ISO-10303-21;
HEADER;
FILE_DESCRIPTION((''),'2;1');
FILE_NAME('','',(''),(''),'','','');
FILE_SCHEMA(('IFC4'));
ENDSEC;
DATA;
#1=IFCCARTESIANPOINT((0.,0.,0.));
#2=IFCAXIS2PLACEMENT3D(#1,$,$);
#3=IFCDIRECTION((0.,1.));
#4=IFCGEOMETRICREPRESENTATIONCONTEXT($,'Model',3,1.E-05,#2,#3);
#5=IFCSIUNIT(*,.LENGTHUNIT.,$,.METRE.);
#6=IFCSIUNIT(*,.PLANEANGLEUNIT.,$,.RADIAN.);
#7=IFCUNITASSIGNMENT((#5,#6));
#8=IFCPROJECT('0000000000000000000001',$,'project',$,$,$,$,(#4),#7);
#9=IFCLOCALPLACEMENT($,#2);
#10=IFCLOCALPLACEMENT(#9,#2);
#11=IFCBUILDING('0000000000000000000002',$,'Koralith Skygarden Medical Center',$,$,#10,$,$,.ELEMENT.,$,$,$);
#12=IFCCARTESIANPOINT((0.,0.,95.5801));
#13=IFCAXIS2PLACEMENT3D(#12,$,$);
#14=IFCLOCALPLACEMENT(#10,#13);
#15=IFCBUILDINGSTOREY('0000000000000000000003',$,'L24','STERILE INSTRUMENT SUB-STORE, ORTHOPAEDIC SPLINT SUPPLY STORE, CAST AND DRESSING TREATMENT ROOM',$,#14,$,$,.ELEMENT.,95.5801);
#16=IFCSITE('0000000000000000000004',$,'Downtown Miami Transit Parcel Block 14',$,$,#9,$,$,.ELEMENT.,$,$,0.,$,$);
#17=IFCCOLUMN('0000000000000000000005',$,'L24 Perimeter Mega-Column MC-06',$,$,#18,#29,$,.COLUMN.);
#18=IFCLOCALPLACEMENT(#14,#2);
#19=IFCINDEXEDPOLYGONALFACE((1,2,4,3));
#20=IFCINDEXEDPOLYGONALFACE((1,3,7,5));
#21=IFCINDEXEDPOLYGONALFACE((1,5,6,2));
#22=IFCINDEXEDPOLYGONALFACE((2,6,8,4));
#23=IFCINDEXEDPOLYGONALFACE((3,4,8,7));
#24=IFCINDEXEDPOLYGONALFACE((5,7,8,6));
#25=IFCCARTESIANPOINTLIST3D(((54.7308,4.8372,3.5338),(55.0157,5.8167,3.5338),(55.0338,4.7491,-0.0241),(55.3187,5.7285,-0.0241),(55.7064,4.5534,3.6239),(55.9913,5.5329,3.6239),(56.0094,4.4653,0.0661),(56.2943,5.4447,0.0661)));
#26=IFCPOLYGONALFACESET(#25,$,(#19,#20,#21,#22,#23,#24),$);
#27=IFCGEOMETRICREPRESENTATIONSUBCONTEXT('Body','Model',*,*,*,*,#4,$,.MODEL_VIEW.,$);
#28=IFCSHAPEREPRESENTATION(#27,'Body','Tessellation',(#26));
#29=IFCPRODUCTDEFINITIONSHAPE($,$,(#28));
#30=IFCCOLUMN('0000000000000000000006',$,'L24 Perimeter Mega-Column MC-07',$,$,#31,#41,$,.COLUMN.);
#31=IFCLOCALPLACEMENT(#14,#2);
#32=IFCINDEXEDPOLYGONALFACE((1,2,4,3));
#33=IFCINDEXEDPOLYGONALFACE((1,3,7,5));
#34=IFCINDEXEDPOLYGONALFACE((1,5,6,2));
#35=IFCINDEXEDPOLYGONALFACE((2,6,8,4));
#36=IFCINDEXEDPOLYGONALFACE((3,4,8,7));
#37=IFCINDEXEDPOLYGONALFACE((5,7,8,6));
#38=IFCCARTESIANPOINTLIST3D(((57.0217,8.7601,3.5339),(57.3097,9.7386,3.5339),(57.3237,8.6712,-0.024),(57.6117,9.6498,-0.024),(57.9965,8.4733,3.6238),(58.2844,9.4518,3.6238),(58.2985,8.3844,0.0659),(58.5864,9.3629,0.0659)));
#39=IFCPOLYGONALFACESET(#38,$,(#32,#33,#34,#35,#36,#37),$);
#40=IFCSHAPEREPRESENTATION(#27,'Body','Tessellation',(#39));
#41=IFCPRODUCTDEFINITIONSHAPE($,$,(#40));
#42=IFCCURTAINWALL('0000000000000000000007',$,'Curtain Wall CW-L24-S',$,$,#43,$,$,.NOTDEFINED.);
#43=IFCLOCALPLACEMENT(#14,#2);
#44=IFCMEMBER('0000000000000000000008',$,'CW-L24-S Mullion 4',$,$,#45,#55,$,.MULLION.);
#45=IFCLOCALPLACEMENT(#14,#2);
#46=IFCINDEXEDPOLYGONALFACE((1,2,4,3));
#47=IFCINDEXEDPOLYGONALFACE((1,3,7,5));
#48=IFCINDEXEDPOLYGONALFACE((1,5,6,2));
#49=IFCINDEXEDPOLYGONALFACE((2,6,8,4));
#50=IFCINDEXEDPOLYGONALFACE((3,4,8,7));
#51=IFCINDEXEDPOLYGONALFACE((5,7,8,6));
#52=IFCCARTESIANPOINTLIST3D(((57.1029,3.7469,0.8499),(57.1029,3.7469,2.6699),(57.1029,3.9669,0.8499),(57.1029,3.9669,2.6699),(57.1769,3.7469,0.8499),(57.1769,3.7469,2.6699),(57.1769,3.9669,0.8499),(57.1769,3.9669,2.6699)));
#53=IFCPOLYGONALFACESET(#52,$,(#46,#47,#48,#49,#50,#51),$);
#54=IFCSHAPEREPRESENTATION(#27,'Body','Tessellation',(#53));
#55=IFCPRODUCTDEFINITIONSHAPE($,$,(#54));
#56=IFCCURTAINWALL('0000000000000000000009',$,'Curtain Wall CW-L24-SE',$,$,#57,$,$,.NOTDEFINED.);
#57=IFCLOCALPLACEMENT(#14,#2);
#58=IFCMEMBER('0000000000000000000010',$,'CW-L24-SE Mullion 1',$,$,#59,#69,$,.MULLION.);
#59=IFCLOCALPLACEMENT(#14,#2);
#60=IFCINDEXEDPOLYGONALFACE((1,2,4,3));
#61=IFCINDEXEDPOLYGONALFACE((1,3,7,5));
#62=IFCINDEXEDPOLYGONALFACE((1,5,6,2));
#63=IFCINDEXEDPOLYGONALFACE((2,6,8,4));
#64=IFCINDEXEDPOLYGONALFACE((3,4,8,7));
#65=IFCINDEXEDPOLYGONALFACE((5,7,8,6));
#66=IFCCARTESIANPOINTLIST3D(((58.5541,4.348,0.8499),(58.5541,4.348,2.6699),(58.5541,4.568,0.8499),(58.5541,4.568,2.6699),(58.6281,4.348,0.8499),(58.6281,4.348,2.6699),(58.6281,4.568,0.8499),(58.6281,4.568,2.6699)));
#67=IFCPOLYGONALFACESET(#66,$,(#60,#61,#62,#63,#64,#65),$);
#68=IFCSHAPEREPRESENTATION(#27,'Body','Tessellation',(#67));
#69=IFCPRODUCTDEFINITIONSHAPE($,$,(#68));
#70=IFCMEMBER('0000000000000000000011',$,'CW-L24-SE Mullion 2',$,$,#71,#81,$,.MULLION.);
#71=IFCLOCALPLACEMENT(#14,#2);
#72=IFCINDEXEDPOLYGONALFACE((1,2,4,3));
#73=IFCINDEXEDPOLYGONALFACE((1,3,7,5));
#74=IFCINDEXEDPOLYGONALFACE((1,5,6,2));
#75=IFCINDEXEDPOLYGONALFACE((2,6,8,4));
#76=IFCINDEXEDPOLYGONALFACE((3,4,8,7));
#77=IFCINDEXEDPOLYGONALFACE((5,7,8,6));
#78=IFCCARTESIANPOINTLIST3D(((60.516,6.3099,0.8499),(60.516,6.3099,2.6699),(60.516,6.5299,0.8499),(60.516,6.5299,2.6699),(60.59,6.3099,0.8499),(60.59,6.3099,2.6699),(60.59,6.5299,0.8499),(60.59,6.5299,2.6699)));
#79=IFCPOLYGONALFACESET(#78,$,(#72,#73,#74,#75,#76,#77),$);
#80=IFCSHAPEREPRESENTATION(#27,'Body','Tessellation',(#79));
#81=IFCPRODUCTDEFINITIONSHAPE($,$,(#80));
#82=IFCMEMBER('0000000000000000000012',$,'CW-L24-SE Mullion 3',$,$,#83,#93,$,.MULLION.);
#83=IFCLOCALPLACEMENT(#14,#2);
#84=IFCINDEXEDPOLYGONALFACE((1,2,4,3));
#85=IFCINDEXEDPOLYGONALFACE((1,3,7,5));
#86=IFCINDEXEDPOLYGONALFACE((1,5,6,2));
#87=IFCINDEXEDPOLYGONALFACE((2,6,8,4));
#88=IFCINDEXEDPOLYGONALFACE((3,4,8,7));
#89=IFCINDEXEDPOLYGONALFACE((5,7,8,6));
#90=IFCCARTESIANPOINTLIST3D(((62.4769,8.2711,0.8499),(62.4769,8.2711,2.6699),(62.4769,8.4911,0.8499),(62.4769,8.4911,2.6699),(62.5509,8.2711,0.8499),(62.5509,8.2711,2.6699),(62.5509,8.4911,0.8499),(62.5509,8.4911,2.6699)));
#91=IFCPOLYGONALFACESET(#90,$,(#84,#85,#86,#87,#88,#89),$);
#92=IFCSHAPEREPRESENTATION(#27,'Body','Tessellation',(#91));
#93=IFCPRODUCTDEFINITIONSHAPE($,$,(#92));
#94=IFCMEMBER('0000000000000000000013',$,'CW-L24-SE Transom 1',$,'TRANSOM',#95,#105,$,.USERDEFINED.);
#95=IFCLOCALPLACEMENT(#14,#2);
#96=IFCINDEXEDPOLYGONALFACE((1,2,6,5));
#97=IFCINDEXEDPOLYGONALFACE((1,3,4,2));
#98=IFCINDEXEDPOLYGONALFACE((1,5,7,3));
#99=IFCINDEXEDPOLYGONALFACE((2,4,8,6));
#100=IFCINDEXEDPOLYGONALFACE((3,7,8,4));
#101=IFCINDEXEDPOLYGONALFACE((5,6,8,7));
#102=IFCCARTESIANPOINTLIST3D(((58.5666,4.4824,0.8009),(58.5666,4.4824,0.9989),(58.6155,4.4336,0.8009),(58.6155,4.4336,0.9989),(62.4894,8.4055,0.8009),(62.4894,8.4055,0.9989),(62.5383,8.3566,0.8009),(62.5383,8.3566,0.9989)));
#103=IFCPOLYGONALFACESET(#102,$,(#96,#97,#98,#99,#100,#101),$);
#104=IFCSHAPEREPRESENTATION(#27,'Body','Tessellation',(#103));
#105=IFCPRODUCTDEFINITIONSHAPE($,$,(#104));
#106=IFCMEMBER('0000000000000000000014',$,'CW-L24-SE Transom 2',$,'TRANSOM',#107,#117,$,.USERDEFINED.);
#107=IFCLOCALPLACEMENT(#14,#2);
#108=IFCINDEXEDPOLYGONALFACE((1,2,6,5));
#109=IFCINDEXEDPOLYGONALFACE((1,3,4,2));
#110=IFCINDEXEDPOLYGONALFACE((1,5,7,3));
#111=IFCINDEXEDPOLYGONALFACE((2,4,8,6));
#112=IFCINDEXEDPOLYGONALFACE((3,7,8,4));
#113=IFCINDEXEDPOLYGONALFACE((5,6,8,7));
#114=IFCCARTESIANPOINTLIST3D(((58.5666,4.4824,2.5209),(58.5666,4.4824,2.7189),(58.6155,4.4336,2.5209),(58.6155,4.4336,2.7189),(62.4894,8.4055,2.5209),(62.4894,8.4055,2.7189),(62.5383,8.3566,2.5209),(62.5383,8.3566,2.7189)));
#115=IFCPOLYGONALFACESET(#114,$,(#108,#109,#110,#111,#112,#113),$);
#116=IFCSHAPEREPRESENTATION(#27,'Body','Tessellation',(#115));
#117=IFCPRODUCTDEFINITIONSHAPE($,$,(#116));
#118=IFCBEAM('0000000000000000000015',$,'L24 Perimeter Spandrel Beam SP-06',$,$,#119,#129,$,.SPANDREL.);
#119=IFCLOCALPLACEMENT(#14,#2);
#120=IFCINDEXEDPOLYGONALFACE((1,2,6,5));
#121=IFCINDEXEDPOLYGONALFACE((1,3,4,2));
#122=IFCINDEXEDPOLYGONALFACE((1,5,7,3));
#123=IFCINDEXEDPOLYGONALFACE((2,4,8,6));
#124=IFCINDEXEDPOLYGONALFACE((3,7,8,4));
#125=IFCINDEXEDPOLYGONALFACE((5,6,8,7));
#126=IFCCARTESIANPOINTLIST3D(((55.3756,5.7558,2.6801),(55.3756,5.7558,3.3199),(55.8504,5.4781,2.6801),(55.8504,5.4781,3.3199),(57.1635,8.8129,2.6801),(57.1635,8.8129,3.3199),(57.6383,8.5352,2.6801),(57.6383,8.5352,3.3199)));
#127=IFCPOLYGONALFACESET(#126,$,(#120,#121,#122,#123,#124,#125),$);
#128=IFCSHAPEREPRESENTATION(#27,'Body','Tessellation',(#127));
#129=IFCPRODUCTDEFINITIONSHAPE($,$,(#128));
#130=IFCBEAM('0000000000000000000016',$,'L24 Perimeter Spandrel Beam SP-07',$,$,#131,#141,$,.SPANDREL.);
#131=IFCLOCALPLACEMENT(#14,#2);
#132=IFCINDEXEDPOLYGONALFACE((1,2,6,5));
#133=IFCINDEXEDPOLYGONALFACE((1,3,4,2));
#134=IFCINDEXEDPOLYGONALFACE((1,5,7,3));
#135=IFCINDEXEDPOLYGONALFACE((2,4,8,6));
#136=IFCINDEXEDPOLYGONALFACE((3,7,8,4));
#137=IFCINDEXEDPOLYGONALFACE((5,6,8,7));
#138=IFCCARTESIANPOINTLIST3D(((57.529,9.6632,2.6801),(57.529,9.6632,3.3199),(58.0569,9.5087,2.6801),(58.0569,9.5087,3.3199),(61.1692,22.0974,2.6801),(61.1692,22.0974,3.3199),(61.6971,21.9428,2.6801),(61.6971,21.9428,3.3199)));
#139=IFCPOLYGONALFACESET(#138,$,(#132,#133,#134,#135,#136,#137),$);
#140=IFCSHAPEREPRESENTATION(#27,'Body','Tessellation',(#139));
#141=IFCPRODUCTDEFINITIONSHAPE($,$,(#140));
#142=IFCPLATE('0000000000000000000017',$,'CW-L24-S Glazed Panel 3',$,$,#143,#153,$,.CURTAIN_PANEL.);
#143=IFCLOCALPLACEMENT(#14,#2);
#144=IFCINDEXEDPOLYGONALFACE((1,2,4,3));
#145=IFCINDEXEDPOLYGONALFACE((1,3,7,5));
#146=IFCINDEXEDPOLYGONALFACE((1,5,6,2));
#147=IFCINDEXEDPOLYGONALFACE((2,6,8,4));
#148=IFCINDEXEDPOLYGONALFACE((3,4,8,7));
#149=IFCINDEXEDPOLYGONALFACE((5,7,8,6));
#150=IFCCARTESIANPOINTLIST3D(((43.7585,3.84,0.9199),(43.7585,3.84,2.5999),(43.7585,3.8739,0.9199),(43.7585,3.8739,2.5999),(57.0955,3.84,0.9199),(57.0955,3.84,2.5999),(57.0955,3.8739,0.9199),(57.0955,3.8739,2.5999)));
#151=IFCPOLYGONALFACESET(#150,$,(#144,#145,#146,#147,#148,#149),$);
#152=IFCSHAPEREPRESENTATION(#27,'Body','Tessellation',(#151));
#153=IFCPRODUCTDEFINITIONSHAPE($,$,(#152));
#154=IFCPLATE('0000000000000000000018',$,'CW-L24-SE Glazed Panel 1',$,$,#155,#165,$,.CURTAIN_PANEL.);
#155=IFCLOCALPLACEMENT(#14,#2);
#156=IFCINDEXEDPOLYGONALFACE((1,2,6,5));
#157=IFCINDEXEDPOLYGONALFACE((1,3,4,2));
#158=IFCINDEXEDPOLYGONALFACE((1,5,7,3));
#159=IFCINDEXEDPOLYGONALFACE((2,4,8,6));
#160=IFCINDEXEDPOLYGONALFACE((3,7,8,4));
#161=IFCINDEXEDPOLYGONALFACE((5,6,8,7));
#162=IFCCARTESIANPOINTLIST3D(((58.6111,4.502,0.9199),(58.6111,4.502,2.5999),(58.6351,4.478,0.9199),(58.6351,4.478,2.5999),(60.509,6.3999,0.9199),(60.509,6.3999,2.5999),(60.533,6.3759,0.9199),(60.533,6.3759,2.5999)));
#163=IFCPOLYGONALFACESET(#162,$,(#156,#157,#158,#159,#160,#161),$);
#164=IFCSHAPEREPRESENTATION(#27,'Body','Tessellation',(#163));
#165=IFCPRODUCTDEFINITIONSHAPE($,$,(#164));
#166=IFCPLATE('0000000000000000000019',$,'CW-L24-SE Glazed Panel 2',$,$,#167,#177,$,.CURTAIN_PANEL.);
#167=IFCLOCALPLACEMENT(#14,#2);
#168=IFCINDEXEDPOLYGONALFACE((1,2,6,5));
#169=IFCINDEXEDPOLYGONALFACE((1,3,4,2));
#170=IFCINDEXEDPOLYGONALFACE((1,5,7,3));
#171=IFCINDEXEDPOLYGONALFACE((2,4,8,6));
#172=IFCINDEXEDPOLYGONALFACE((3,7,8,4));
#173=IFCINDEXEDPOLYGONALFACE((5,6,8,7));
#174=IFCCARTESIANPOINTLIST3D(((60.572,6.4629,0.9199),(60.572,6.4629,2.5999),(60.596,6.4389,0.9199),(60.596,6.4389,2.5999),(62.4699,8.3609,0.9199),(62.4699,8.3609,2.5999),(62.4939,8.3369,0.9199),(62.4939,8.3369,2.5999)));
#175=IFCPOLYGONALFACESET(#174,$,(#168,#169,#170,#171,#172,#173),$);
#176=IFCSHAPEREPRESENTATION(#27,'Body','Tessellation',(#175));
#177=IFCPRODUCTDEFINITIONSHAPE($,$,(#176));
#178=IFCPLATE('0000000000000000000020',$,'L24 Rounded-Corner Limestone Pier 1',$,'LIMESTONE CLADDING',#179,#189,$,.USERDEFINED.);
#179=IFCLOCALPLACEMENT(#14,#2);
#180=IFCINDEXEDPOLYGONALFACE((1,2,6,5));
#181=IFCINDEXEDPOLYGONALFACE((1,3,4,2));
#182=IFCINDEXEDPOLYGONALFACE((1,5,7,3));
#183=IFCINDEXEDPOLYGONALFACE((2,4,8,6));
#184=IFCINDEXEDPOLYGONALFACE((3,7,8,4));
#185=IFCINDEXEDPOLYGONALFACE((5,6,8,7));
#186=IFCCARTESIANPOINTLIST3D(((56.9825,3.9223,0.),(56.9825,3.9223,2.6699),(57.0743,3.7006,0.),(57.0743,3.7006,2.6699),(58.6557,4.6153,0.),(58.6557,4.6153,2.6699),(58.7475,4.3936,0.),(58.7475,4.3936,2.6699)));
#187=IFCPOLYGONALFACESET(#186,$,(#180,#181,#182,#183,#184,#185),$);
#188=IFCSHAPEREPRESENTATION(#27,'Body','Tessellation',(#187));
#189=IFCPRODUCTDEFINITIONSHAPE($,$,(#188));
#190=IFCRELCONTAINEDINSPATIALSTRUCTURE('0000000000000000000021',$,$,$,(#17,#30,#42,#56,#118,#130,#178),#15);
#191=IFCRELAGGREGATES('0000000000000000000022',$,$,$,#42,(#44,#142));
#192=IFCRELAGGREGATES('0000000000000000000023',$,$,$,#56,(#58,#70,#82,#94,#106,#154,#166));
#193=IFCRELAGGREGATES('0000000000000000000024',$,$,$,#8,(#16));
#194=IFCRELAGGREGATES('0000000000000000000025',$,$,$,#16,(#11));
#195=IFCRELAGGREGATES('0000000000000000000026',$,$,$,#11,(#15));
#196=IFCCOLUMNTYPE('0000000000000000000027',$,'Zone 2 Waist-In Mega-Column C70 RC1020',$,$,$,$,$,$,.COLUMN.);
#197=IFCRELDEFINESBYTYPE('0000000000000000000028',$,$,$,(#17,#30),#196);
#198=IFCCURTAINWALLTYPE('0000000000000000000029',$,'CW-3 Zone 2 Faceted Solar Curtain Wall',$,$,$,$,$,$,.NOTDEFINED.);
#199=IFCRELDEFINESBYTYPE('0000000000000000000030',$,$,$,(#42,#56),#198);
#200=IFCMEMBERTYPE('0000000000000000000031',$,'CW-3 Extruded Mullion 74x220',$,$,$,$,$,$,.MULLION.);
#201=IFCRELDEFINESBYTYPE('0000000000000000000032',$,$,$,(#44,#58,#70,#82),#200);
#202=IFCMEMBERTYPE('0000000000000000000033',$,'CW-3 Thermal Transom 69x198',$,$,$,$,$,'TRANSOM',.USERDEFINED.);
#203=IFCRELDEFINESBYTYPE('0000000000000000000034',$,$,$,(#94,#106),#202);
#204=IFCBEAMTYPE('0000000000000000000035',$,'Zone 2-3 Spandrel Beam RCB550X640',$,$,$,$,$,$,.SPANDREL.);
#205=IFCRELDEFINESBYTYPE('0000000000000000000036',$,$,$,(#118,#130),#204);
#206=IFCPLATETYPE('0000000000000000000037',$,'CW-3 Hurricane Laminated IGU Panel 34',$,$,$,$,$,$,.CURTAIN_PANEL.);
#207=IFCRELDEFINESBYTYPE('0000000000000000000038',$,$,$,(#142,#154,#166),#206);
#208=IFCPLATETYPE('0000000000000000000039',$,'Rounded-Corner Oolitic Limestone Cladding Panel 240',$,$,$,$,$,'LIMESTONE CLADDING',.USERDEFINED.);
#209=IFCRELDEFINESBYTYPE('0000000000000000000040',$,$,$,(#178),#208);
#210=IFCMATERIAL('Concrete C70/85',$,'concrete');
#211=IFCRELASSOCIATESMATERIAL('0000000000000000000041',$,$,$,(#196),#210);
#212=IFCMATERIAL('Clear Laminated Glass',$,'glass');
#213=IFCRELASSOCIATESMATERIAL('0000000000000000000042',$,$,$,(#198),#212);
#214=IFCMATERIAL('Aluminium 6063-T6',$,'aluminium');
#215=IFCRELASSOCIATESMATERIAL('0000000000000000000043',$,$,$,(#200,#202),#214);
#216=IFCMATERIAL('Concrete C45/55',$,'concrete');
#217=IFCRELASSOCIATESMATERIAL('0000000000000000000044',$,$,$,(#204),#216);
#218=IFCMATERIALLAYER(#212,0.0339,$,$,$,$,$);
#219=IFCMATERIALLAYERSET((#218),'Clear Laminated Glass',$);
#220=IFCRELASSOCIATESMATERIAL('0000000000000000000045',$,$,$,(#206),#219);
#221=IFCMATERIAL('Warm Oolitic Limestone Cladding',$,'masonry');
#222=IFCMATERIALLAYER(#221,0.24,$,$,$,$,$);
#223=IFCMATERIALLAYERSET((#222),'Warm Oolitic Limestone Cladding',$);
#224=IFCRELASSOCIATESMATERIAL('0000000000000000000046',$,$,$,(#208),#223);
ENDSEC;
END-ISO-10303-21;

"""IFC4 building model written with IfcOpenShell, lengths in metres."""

from ifc_helpers import new_model, si_unit, direction, frame, origin, origin_2d, place, context, subcontext, project, spatial, rectangle, extrude, material, layer, layer_set, material_profile, profile_set, type_object, element, aggregate, save


model = new_model("IFC4")

# Units and contexts
model_context = context("Model", 3, precision=1e-05, world=origin(), true_north=direction((0.0, 1.0)))
body_context = subcontext(model_context, "Body", "Model", "MODEL_VIEW")
ifc_project = project(units=[si_unit("LENGTHUNIT", "METRE"), si_unit("PLANEANGLEUNIT", "RADIAN")], contexts=[model_context])

# Site, building, storey
site_placement = place(None, origin())
site = spatial("IfcSite", under=ifc_project, at=site_placement, Name="Downtown Miami Transit Parcel Block 14", CompositionType="ELEMENT", RefElevation=0.0)
building_placement = place(site_placement, origin())
building = spatial("IfcBuilding", under=site, at=building_placement, Name="Koralith Skygarden Medical Center", CompositionType="ELEMENT")
storey_placement = place(building_placement, frame((0.0, 0.0, 95.5801)))
storey = spatial("IfcBuildingStorey", under=building, at=storey_placement, Name="L24", Description="STERILE INSTRUMENT SUB-STORE, ORTHOPAEDIC SPLINT SUPPLY STORE, CAST AND DRESSING TREATMENT ROOM", CompositionType="ELEMENT", Elevation=95.5801)

# Columns
ifc_material_1 = material(Name="Concrete C70/85", Category="concrete")
ifc_material_profile_1 = material_profile(ifc_material_1, rectangle(XDim=1.02, YDim=1.02, at=origin_2d()), Name="RC1020X1020")
ifc_profile_set_1 = profile_set([ifc_material_profile_1], Name="Concrete C70/85")
column_type = type_object("IfcColumnType", Name="Zone 2 Waist-In Mega-Column C70 RC1020", PredefinedType="COLUMN", material=ifc_profile_set_1)
for number, where, z_axis, x_axis, name in (
    (1, (55.6641, 5.0969, 0.021), (-0.084825, 0.024675, 0.99609), (-0.279317, -0.960199, 0.0), "L24 Perimeter Mega-Column MC-06"),
    (2, (57.9551, 9.0171, 0.021), (-0.084553, 0.02488, 0.996108), (-0.282292, -0.959328, 0.0), "L24 Perimeter Mega-Column MC-07"),
):
    element("IfcColumn", number, at=place(storey_placement, frame(where, z_axis=z_axis, x_axis=x_axis)), inside=storey, type_object=column_type, Name=name, PredefinedType="COLUMN", context=body_context, shape_type="SweptSolid", body=[
        extrude(rectangle(XDim=1.02, YDim=1.02, at=origin_2d()), origin(), (0.0, 0.0, 1.0), 3.5718),
    ])

# Curtain wall, member
ifc_material_2 = material(Name="Clear Laminated Glass", Category="glass")
curtain_wall_type = type_object("IfcCurtainWallType", Name="CW-3 Zone 2 Faceted Solar Curtain Wall", PredefinedType="NOTDEFINED", material=ifc_material_2)
curtain_wall_1_placement = place(storey_placement, origin())
curtain_wall_1 = element("IfcCurtainWall", 3, at=curtain_wall_1_placement, inside=storey, type_object=curtain_wall_type, Name="Curtain Wall CW-L24-S", PredefinedType="NOTDEFINED")
ifc_material_3 = material(Name="Aluminium 6063-T6", Category="aluminium")
ifc_material_profile_2 = material_profile(ifc_material_3, rectangle(XDim=0.074, YDim=0.22, at=origin_2d()), Name="MUL74X220")
ifc_profile_set_2 = profile_set([ifc_material_profile_2], Name="Aluminium 6063-T6")
member_type_1 = type_object("IfcMemberType", Name="CW-3 Extruded Mullion 74x220", PredefinedType="MULLION", material=ifc_profile_set_2)
member_1_placement = place(storey_placement, frame((57.1399, 3.8569, 0.8499), z_axis=(0.0, 0.0, 1.0), x_axis=(1.0, 0.0, 0.0)))
member_1 = element("IfcMember", 4, at=member_1_placement, type_object=member_type_1, Name="CW-L24-S Mullion 4", PredefinedType="MULLION", context=body_context, shape_type="SweptSolid", body=[
    extrude(rectangle(XDim=0.074, YDim=0.22, at=origin_2d()), origin(), (0.0, 0.0, 1.0), 1.8201),
])

# Curtain wall, members
curtain_wall_2_placement = place(storey_placement, origin())
curtain_wall_2 = element("IfcCurtainWall", 5, at=curtain_wall_2_placement, inside=storey, type_object=curtain_wall_type, Name="Curtain Wall CW-L24-SE", PredefinedType="NOTDEFINED")
member_2_placement = place(storey_placement, frame((58.5911, 4.458, 0.8499), z_axis=(0.0, 0.0, 1.0), x_axis=(1.0, 0.0, 0.0)))
member_2 = element("IfcMember", 6, at=member_2_placement, type_object=member_type_1, Name="CW-L24-SE Mullion 1", PredefinedType="MULLION", context=body_context, shape_type="SweptSolid", body=[
    extrude(rectangle(XDim=0.074, YDim=0.22, at=origin_2d()), origin(), (0.0, 0.0, 1.0), 1.8201),
])
member_3_placement = place(storey_placement, frame((60.553, 6.4199, 0.8499), z_axis=(0.0, 0.0, 1.0), x_axis=(1.0, 0.0, 0.0)))
member_3 = element("IfcMember", 7, at=member_3_placement, type_object=member_type_1, Name="CW-L24-SE Mullion 2", PredefinedType="MULLION", context=body_context, shape_type="SweptSolid", body=[
    extrude(rectangle(XDim=0.074, YDim=0.22, at=origin_2d()), origin(), (0.0, 0.0, 1.0), 1.8201),
])
member_4_placement = place(storey_placement, frame((62.5139, 8.3811, 0.8499), z_axis=(0.0, 0.0, 1.0), x_axis=(1.0, 0.0, 0.0)))
member_4 = element("IfcMember", 8, at=member_4_placement, type_object=member_type_1, Name="CW-L24-SE Mullion 3", PredefinedType="MULLION", context=body_context, shape_type="SweptSolid", body=[
    extrude(rectangle(XDim=0.074, YDim=0.22, at=origin_2d()), origin(), (0.0, 0.0, 1.0), 1.8201),
])
ifc_material_profile_3 = material_profile(ifc_material_3, rectangle(XDim=0.0691, YDim=0.198, at=origin_2d()), Name="TRN69X198")
ifc_profile_set_3 = profile_set([ifc_material_profile_3], Name="Aluminium 6063-T6")
member_type_2 = type_object("IfcMemberType", Name="CW-3 Thermal Transom 69x198", ElementType="TRANSOM", PredefinedType="USERDEFINED", material=ifc_profile_set_3)
member_5_placement = place(storey_placement, frame((58.5911, 4.458, 0.8999), z_axis=(0.707085, 0.707129, 0.0), x_axis=(-0.707129, 0.707085, 0.0)))
member_5 = element("IfcMember", 9, at=member_5_placement, type_object=member_type_2, Name="CW-L24-SE Transom 1", ObjectType="TRANSOM", PredefinedType="USERDEFINED", context=body_context, shape_type="SweptSolid", body=[
    extrude(rectangle(XDim=0.0691, YDim=0.198, at=origin_2d()), origin(), (0.0, 0.0, 1.0), 5.5479),
])
member_6_placement = place(storey_placement, frame((58.5911, 4.458, 2.6199), z_axis=(0.707085, 0.707129, 0.0), x_axis=(-0.707129, 0.707085, 0.0)))
member_6 = element("IfcMember", 10, at=member_6_placement, type_object=member_type_2, Name="CW-L24-SE Transom 2", ObjectType="TRANSOM", PredefinedType="USERDEFINED", context=body_context, shape_type="SweptSolid", body=[
    extrude(rectangle(XDim=0.0691, YDim=0.198, at=origin_2d()), origin(), (0.0, 0.0, 1.0), 5.5479),
])

# Beams
ifc_material_4 = material(Name="Concrete C45/55", Category="concrete")
ifc_material_profile_4 = material_profile(ifc_material_4, rectangle(XDim=0.55, YDim=0.6399, at=origin_2d()), Name="RCB550X640")
ifc_profile_set_4 = profile_set([ifc_material_profile_4], Name="Concrete C45/55")
beam_type = type_object("IfcBeamType", Name="Zone 2-3 Spandrel Beam RCB550X640", PredefinedType="SPANDREL", material=ifc_profile_set_4)
beam_1_placement = place(storey_placement, frame((55.613, 5.6169, 3.0), z_axis=(0.504822, 0.863223, 0.0), x_axis=(-0.863223, 0.504822, 0.0)))
element("IfcBeam", 11, at=beam_1_placement, inside=storey, type_object=beam_type, Name="L24 Perimeter Spandrel Beam SP-06", PredefinedType="SPANDREL", context=body_context, shape_type="SweptSolid", body=[
    extrude(rectangle(XDim=0.55, YDim=0.6399, at=origin_2d()), origin(), (0.0, 0.0, 1.0), 3.5415),
])
beam_2_placement = place(storey_placement, frame((57.793, 9.5859, 3.0), z_axis=(0.280962, 0.959719, 0.0), x_axis=(-0.959719, 0.280962, 0.0)))
element("IfcBeam", 12, at=beam_2_placement, inside=storey, type_object=beam_type, Name="L24 Perimeter Spandrel Beam SP-07", PredefinedType="SPANDREL", context=body_context, shape_type="SweptSolid", body=[
    extrude(rectangle(XDim=0.55, YDim=0.6399, at=origin_2d()), origin(), (0.0, 0.0, 1.0), 12.9561),
])

# Plates
ifc_layer_1 = layer(ifc_material_2, 0.0339)
ifc_layer_set_1 = layer_set([ifc_layer_1], Name="Clear Laminated Glass")
plate_type_1 = type_object("IfcPlateType", Name="CW-3 Hurricane Laminated IGU Panel 34", PredefinedType="CURTAIN_PANEL", material=ifc_layer_set_1)
plate_1_placement = place(storey_placement, frame((50.427, 3.8569, 0.9199), z_axis=(0.0, 0.0, 1.0), x_axis=(1.0, 0.0, 0.0)))
plate_1 = element("IfcPlate", 13, at=plate_1_placement, type_object=plate_type_1, Name="CW-L24-S Glazed Panel 3", PredefinedType="CURTAIN_PANEL", context=body_context, shape_type="SweptSolid", body=[
    extrude(rectangle(XDim=13.3369, YDim=0.0339, at=origin_2d()), origin(), (0.0, 0.0, 1.0), 1.6799),
])
aggregate(curtain_wall_1, [member_1, plate_1])
plate_2_placement = place(storey_placement, frame((59.572, 5.439, 0.9199), z_axis=(0.0, 0.0, 1.0), x_axis=(0.707107, 0.707107, 0.0)))
plate_2 = element("IfcPlate", 14, at=plate_2_placement, type_object=plate_type_1, Name="CW-L24-SE Glazed Panel 1", PredefinedType="CURTAIN_PANEL", context=body_context, shape_type="SweptSolid", body=[
    extrude(rectangle(XDim=2.6841, YDim=0.0339, at=origin_2d()), origin(), (0.0, 0.0, 1.0), 1.6799),
])
plate_3_placement = place(storey_placement, frame((61.533, 7.3999, 0.9199), z_axis=(0.0, 0.0, 1.0), x_axis=(0.707107, 0.707107, 0.0)))
plate_3 = element("IfcPlate", 15, at=plate_3_placement, type_object=plate_type_1, Name="CW-L24-SE Glazed Panel 2", PredefinedType="CURTAIN_PANEL", context=body_context, shape_type="SweptSolid", body=[
    extrude(rectangle(XDim=2.6841, YDim=0.0339, at=origin_2d()), origin(), (0.0, 0.0, 1.0), 1.6799),
])
aggregate(curtain_wall_2, [member_2, member_3, member_4, member_5, member_6, plate_2, plate_3])

# Plate
ifc_material_5 = material(Name="Warm Oolitic Limestone Cladding", Category="masonry")
ifc_layer_2 = layer(ifc_material_5, 0.24)
ifc_layer_set_2 = layer_set([ifc_layer_2], Name="Warm Oolitic Limestone Cladding")
plate_type_2 = type_object("IfcPlateType", Name="Rounded-Corner Oolitic Limestone Cladding Panel 240", ElementType="LIMESTONE CLADDING", PredefinedType="USERDEFINED", material=ifc_layer_set_2)
for number, where, z_axis, x_axis, name in (
    (16, (57.865, 4.158, 0.0), (0.0, 0.0, 1.0), (0.923885, 0.382671, 0.0), "L24 Rounded-Corner Limestone Pier 1"),
):
    element("IfcPlate", number, at=place(storey_placement, frame(where, z_axis=z_axis, x_axis=x_axis)), inside=storey, type_object=plate_type_2, Name=name, ObjectType="LIMESTONE CLADDING", PredefinedType="USERDEFINED", context=body_context, shape_type="SweptSolid", body=[
        extrude(rectangle(XDim=1.811, YDim=0.24, at=origin_2d()), origin(), (0.0, 0.0, 1.0), 2.6699),
    ])

save(model, "model.ifc")
